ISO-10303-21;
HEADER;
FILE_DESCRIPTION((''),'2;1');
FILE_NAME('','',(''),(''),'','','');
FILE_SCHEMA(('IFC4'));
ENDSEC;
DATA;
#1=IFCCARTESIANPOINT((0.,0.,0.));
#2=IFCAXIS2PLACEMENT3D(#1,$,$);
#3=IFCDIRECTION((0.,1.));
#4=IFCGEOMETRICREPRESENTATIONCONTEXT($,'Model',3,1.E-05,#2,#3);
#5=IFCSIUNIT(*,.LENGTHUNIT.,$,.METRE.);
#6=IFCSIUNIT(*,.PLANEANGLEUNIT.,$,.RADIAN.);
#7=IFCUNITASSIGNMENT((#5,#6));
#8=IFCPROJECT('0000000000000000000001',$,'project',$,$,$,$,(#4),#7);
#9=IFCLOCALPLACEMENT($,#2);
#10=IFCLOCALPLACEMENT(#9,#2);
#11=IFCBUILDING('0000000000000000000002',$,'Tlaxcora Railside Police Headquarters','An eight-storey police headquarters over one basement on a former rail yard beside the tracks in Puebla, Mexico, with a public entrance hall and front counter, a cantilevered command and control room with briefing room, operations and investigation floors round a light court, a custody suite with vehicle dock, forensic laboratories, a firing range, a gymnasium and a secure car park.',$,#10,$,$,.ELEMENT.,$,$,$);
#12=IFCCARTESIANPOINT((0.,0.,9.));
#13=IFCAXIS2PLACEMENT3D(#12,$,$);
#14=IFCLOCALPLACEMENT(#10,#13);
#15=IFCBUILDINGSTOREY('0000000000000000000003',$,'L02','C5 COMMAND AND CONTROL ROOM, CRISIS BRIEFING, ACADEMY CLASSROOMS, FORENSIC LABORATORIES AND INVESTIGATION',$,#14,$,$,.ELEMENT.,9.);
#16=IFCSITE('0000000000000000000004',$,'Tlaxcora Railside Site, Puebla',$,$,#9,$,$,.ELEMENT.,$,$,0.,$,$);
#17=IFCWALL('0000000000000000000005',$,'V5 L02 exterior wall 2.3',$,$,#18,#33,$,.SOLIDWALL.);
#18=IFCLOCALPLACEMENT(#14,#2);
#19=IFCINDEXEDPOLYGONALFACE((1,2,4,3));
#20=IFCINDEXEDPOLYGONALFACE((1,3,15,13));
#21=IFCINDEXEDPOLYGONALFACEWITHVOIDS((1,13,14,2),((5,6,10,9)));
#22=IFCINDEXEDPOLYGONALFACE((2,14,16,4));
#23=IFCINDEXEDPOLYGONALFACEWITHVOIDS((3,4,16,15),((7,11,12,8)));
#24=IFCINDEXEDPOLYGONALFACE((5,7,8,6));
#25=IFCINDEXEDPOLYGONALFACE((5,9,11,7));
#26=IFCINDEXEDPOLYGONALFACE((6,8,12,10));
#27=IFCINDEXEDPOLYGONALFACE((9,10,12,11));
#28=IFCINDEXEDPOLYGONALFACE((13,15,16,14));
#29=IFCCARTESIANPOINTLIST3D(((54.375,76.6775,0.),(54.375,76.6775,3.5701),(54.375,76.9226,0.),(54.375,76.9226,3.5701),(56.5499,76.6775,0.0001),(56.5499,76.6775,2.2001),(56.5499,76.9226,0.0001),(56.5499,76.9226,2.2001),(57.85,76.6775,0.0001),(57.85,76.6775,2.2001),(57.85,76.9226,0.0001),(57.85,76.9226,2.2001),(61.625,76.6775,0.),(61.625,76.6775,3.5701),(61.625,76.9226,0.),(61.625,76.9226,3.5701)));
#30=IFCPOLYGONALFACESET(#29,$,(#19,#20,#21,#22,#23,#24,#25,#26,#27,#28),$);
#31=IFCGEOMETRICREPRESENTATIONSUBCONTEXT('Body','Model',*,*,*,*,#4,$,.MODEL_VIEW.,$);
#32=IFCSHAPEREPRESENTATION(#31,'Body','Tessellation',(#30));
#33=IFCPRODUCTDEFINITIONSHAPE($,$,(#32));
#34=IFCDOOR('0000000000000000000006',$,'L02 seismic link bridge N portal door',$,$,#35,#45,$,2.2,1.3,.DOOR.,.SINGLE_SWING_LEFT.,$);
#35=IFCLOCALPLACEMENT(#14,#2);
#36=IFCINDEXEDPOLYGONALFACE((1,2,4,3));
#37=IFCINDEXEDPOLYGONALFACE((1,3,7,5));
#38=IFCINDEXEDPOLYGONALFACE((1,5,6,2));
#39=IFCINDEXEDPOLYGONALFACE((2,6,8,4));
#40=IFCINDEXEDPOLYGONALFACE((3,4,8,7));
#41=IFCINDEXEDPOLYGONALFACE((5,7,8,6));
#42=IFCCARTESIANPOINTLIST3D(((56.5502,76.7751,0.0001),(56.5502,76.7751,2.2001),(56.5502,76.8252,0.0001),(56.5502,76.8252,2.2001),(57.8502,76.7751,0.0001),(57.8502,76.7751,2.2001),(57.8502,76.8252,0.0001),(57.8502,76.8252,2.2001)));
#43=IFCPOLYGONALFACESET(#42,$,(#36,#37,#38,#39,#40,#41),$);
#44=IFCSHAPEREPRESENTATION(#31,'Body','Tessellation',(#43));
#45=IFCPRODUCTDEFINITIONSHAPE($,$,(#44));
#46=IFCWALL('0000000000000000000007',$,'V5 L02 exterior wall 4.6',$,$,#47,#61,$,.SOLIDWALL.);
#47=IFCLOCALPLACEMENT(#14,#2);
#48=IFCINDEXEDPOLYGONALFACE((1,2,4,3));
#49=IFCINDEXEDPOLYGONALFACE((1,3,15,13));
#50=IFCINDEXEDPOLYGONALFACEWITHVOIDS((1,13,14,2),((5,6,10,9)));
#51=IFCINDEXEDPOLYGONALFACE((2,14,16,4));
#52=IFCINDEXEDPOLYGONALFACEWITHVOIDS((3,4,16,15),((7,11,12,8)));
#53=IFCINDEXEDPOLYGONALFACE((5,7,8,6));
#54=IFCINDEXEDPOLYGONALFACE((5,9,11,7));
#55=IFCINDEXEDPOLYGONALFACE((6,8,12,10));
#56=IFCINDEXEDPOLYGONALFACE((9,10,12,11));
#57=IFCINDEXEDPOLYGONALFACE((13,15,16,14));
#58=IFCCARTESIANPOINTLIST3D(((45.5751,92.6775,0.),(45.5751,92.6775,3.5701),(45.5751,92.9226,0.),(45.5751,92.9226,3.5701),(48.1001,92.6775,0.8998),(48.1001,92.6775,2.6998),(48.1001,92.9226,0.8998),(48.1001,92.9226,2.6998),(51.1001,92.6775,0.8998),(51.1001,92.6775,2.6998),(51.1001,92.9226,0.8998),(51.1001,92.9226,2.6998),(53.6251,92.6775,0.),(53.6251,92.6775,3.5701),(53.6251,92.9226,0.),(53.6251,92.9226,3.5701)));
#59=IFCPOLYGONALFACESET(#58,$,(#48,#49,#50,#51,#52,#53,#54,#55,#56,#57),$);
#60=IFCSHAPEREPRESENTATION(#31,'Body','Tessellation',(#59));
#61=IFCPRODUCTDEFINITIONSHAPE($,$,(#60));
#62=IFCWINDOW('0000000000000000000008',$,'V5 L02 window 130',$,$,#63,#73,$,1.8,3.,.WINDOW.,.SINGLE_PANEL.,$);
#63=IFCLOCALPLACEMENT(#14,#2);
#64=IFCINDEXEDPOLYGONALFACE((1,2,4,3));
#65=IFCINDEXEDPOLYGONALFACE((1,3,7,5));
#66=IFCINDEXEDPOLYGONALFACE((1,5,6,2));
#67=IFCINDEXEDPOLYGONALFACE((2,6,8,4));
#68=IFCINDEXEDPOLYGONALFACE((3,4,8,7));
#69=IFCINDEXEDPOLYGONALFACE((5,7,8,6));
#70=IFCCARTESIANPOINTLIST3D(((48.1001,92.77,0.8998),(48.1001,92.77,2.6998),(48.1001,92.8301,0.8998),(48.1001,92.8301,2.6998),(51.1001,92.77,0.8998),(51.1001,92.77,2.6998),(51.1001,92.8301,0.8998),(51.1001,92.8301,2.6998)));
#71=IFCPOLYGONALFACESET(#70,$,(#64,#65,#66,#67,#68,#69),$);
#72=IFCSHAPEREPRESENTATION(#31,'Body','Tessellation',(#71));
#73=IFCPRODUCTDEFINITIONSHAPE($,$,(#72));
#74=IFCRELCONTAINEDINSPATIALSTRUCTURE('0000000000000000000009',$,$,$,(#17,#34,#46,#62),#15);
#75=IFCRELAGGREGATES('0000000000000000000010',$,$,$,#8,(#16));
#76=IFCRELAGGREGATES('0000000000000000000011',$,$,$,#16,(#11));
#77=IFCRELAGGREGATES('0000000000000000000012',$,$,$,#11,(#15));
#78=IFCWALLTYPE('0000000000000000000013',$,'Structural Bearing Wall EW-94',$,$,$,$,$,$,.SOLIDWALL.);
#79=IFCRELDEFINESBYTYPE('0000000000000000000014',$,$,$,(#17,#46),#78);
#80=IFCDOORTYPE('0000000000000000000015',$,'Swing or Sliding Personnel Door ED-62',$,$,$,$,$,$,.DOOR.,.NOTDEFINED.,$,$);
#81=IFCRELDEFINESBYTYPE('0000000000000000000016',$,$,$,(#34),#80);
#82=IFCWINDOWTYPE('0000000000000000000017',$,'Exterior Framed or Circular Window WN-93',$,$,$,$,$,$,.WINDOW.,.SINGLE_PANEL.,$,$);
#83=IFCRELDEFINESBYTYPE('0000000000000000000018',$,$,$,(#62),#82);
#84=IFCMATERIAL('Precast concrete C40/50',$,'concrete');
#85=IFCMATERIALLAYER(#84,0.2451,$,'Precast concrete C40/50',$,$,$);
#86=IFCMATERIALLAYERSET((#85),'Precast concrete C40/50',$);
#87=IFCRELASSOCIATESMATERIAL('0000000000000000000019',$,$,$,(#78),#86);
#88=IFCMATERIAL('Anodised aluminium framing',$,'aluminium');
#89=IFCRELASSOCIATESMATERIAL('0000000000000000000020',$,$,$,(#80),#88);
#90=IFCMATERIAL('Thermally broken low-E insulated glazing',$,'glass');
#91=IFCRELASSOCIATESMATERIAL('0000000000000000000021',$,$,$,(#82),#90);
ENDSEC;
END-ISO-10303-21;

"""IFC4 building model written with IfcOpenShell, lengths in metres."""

from ifc_helpers import new_model, si_unit, direction, frame, frame_2d, origin, place, context, subcontext, project, spatial, rectangle, extrude, material, layer, layer_set, type_object, element, fill, save


model = new_model("IFC4")

# Units and contexts
model_context = context("Model", 3, precision=1e-05, world=origin(), true_north=direction((0.0, 1.0)))
body_context = subcontext(model_context, "Body", "Model", "MODEL_VIEW")
ifc_project = project(units=[si_unit("LENGTHUNIT", "METRE"), si_unit("PLANEANGLEUNIT", "RADIAN")], contexts=[model_context])

# Site, building, storey
site_placement = place(None, origin())
site = spatial("IfcSite", under=ifc_project, at=site_placement, Name="Tlaxcora Railside Site, Puebla", CompositionType="ELEMENT", RefElevation=0.0)
building_placement = place(site_placement, origin())
building = spatial("IfcBuilding", under=site, at=building_placement, Name="Tlaxcora Railside Police Headquarters", Description="An eight-storey police headquarters over one basement on a former rail yard beside the tracks in Puebla, Mexico, with a public entrance hall and front counter, a cantilevered command and control room with briefing room, operations and investigation floors round a light court, a custody suite with vehicle dock, forensic laboratories, a firing range, a gymnasium and a secure car park.", CompositionType="ELEMENT")
storey_placement = place(building_placement, frame((0.0, 0.0, 9.0)))
storey = spatial("IfcBuildingStorey", under=building, at=storey_placement, Name="L02", Description="C5 COMMAND AND CONTROL ROOM, CRISIS BRIEFING, ACADEMY CLASSROOMS, FORENSIC LABORATORIES AND INVESTIGATION", CompositionType="ELEMENT", Elevation=9.0)

# Shared definitions
ifc_material_1 = material(Name="Thermally broken low-E insulated glazing", Category="glass")
ifc_material_2 = material(Name="Anodised aluminium framing", Category="aluminium")

# Wall, opening, door
ifc_material_3 = material(Name="Precast concrete C40/50", Category="concrete")
ifc_layer_1 = layer(ifc_material_3, 0.2451, Name="Precast concrete C40/50")
ifc_layer_set_1 = layer_set([ifc_layer_1], Name="Precast concrete C40/50")
wall_type_1 = type_object("IfcWallType", Name="Structural Bearing Wall EW-94", PredefinedType="SOLIDWALL", material=ifc_layer_set_1)
wall_1_placement = place(storey_placement, frame((54.375, 76.8, 0.0), z_axis=(0.0, 0.0, 1.0), x_axis=(1.0, 0.0, 0.0)))
wall_1 = element("IfcWall", 1, at=wall_1_placement, inside=storey, type_object=wall_type_1, Name="V5 L02 exterior wall 2.3", PredefinedType="SOLIDWALL", context=body_context, shape_type="SweptSolid", body=[
    extrude(rectangle(XDim=7.25, YDim=0.2451, at=frame_2d((3.625, 0.0))), origin(), (0.0, 0.0, 1.0), 3.5701),
])
opening_1_placement = place(wall_1_placement, frame((2.175, 0.0, 0.0)))
opening_1 = element("IfcOpeningElement", 2, at=opening_1_placement, cuts=wall_1, PredefinedType="OPENING", context=body_context, shape_type="SweptSolid", body=[
    extrude(rectangle(XDim=1.3, YDim=2.2, at=frame_2d((0.6499, 1.1001))), frame((0.0, 0.1326, 0.0), z_axis=(0.0, -1.0, 0.0), x_axis=(1.0, 0.0, 0.0)), (0.0, 0.0, 1.0), 0.2651),
])
door_type_1 = type_object("IfcDoorType", Name="Swing or Sliding Personnel Door ED-62", OperationType="NOTDEFINED", PredefinedType="DOOR", material=ifc_material_2)
door_1_placement = place(opening_1_placement, frame((1.3, 0.0, 0.0), z_axis=(0.0, 0.0, 1.0), x_axis=(-1.0, 0.0, 0.0)))
door_1 = element("IfcDoor", 3, at=door_1_placement, inside=storey, type_object=door_type_1, Name="L02 seismic link bridge N portal door", OperationType="SINGLE_SWING_LEFT", OverallHeight=2.2, OverallWidth=1.3, PredefinedType="DOOR", context=body_context, shape_type="SweptSolid", body=[
    extrude(rectangle(XDim=1.3, YDim=2.2, at=frame_2d((0.6499, 1.1001))), frame((0.0, 0.0249, 0.0), z_axis=(0.0, -1.0, 0.0), x_axis=(1.0, 0.0, 0.0)), (0.0, 0.0, 1.0), 0.05),
])
fill(opening_1, door_1)

# Wall, opening, window
wall_2_placement = place(storey_placement, frame((53.625, 92.8, 0.0), z_axis=(0.0, 0.0, 1.0), x_axis=(-1.0, 0.0, 0.0)))
wall_2 = element("IfcWall", 4, at=wall_2_placement, inside=storey, type_object=wall_type_1, Name="V5 L02 exterior wall 4.6", PredefinedType="SOLIDWALL", context=body_context, shape_type="SweptSolid", body=[
    extrude(rectangle(XDim=8.05, YDim=0.2451, at=frame_2d((4.0249, 0.0))), origin(), (0.0, 0.0, 1.0), 3.5701),
])
opening_2_placement = place(wall_2_placement, frame((2.5249, 0.0, 0.8999)))
opening_2 = element("IfcOpeningElement", 5, at=opening_2_placement, cuts=wall_2, PredefinedType="OPENING", context=body_context, shape_type="SweptSolid", body=[
    extrude(rectangle(XDim=3.0, YDim=1.8, at=frame_2d((1.5, 0.8999))), frame((0.0, 0.1326, 0.0), z_axis=(0.0, -1.0, 0.0), x_axis=(1.0, 0.0, 0.0)), (0.0, 0.0, 1.0), 0.2651),
])
window_type = type_object("IfcWindowType", Name="Exterior Framed or Circular Window WN-93", PartitioningType="SINGLE_PANEL", PredefinedType="WINDOW", material=ifc_material_1)
window_placement = place(opening_2_placement, origin())
window = element("IfcWindow", 6, at=window_placement, inside=storey, type_object=window_type, Name="V5 L02 window 130", OverallHeight=1.8, OverallWidth=3.0, PartitioningType="SINGLE_PANEL", PredefinedType="WINDOW", context=body_context, shape_type="SweptSolid", body=[
    extrude(rectangle(XDim=3.0, YDim=1.8, at=frame_2d((1.5, 0.8999))), frame((0.0, 0.03, 0.0), z_axis=(0.0, -1.0, 0.0), x_axis=(1.0, 0.0, 0.0)), (0.0, 0.0, 1.0), 0.0601),
])
fill(opening_2, window)

save(model, "model.ifc")
